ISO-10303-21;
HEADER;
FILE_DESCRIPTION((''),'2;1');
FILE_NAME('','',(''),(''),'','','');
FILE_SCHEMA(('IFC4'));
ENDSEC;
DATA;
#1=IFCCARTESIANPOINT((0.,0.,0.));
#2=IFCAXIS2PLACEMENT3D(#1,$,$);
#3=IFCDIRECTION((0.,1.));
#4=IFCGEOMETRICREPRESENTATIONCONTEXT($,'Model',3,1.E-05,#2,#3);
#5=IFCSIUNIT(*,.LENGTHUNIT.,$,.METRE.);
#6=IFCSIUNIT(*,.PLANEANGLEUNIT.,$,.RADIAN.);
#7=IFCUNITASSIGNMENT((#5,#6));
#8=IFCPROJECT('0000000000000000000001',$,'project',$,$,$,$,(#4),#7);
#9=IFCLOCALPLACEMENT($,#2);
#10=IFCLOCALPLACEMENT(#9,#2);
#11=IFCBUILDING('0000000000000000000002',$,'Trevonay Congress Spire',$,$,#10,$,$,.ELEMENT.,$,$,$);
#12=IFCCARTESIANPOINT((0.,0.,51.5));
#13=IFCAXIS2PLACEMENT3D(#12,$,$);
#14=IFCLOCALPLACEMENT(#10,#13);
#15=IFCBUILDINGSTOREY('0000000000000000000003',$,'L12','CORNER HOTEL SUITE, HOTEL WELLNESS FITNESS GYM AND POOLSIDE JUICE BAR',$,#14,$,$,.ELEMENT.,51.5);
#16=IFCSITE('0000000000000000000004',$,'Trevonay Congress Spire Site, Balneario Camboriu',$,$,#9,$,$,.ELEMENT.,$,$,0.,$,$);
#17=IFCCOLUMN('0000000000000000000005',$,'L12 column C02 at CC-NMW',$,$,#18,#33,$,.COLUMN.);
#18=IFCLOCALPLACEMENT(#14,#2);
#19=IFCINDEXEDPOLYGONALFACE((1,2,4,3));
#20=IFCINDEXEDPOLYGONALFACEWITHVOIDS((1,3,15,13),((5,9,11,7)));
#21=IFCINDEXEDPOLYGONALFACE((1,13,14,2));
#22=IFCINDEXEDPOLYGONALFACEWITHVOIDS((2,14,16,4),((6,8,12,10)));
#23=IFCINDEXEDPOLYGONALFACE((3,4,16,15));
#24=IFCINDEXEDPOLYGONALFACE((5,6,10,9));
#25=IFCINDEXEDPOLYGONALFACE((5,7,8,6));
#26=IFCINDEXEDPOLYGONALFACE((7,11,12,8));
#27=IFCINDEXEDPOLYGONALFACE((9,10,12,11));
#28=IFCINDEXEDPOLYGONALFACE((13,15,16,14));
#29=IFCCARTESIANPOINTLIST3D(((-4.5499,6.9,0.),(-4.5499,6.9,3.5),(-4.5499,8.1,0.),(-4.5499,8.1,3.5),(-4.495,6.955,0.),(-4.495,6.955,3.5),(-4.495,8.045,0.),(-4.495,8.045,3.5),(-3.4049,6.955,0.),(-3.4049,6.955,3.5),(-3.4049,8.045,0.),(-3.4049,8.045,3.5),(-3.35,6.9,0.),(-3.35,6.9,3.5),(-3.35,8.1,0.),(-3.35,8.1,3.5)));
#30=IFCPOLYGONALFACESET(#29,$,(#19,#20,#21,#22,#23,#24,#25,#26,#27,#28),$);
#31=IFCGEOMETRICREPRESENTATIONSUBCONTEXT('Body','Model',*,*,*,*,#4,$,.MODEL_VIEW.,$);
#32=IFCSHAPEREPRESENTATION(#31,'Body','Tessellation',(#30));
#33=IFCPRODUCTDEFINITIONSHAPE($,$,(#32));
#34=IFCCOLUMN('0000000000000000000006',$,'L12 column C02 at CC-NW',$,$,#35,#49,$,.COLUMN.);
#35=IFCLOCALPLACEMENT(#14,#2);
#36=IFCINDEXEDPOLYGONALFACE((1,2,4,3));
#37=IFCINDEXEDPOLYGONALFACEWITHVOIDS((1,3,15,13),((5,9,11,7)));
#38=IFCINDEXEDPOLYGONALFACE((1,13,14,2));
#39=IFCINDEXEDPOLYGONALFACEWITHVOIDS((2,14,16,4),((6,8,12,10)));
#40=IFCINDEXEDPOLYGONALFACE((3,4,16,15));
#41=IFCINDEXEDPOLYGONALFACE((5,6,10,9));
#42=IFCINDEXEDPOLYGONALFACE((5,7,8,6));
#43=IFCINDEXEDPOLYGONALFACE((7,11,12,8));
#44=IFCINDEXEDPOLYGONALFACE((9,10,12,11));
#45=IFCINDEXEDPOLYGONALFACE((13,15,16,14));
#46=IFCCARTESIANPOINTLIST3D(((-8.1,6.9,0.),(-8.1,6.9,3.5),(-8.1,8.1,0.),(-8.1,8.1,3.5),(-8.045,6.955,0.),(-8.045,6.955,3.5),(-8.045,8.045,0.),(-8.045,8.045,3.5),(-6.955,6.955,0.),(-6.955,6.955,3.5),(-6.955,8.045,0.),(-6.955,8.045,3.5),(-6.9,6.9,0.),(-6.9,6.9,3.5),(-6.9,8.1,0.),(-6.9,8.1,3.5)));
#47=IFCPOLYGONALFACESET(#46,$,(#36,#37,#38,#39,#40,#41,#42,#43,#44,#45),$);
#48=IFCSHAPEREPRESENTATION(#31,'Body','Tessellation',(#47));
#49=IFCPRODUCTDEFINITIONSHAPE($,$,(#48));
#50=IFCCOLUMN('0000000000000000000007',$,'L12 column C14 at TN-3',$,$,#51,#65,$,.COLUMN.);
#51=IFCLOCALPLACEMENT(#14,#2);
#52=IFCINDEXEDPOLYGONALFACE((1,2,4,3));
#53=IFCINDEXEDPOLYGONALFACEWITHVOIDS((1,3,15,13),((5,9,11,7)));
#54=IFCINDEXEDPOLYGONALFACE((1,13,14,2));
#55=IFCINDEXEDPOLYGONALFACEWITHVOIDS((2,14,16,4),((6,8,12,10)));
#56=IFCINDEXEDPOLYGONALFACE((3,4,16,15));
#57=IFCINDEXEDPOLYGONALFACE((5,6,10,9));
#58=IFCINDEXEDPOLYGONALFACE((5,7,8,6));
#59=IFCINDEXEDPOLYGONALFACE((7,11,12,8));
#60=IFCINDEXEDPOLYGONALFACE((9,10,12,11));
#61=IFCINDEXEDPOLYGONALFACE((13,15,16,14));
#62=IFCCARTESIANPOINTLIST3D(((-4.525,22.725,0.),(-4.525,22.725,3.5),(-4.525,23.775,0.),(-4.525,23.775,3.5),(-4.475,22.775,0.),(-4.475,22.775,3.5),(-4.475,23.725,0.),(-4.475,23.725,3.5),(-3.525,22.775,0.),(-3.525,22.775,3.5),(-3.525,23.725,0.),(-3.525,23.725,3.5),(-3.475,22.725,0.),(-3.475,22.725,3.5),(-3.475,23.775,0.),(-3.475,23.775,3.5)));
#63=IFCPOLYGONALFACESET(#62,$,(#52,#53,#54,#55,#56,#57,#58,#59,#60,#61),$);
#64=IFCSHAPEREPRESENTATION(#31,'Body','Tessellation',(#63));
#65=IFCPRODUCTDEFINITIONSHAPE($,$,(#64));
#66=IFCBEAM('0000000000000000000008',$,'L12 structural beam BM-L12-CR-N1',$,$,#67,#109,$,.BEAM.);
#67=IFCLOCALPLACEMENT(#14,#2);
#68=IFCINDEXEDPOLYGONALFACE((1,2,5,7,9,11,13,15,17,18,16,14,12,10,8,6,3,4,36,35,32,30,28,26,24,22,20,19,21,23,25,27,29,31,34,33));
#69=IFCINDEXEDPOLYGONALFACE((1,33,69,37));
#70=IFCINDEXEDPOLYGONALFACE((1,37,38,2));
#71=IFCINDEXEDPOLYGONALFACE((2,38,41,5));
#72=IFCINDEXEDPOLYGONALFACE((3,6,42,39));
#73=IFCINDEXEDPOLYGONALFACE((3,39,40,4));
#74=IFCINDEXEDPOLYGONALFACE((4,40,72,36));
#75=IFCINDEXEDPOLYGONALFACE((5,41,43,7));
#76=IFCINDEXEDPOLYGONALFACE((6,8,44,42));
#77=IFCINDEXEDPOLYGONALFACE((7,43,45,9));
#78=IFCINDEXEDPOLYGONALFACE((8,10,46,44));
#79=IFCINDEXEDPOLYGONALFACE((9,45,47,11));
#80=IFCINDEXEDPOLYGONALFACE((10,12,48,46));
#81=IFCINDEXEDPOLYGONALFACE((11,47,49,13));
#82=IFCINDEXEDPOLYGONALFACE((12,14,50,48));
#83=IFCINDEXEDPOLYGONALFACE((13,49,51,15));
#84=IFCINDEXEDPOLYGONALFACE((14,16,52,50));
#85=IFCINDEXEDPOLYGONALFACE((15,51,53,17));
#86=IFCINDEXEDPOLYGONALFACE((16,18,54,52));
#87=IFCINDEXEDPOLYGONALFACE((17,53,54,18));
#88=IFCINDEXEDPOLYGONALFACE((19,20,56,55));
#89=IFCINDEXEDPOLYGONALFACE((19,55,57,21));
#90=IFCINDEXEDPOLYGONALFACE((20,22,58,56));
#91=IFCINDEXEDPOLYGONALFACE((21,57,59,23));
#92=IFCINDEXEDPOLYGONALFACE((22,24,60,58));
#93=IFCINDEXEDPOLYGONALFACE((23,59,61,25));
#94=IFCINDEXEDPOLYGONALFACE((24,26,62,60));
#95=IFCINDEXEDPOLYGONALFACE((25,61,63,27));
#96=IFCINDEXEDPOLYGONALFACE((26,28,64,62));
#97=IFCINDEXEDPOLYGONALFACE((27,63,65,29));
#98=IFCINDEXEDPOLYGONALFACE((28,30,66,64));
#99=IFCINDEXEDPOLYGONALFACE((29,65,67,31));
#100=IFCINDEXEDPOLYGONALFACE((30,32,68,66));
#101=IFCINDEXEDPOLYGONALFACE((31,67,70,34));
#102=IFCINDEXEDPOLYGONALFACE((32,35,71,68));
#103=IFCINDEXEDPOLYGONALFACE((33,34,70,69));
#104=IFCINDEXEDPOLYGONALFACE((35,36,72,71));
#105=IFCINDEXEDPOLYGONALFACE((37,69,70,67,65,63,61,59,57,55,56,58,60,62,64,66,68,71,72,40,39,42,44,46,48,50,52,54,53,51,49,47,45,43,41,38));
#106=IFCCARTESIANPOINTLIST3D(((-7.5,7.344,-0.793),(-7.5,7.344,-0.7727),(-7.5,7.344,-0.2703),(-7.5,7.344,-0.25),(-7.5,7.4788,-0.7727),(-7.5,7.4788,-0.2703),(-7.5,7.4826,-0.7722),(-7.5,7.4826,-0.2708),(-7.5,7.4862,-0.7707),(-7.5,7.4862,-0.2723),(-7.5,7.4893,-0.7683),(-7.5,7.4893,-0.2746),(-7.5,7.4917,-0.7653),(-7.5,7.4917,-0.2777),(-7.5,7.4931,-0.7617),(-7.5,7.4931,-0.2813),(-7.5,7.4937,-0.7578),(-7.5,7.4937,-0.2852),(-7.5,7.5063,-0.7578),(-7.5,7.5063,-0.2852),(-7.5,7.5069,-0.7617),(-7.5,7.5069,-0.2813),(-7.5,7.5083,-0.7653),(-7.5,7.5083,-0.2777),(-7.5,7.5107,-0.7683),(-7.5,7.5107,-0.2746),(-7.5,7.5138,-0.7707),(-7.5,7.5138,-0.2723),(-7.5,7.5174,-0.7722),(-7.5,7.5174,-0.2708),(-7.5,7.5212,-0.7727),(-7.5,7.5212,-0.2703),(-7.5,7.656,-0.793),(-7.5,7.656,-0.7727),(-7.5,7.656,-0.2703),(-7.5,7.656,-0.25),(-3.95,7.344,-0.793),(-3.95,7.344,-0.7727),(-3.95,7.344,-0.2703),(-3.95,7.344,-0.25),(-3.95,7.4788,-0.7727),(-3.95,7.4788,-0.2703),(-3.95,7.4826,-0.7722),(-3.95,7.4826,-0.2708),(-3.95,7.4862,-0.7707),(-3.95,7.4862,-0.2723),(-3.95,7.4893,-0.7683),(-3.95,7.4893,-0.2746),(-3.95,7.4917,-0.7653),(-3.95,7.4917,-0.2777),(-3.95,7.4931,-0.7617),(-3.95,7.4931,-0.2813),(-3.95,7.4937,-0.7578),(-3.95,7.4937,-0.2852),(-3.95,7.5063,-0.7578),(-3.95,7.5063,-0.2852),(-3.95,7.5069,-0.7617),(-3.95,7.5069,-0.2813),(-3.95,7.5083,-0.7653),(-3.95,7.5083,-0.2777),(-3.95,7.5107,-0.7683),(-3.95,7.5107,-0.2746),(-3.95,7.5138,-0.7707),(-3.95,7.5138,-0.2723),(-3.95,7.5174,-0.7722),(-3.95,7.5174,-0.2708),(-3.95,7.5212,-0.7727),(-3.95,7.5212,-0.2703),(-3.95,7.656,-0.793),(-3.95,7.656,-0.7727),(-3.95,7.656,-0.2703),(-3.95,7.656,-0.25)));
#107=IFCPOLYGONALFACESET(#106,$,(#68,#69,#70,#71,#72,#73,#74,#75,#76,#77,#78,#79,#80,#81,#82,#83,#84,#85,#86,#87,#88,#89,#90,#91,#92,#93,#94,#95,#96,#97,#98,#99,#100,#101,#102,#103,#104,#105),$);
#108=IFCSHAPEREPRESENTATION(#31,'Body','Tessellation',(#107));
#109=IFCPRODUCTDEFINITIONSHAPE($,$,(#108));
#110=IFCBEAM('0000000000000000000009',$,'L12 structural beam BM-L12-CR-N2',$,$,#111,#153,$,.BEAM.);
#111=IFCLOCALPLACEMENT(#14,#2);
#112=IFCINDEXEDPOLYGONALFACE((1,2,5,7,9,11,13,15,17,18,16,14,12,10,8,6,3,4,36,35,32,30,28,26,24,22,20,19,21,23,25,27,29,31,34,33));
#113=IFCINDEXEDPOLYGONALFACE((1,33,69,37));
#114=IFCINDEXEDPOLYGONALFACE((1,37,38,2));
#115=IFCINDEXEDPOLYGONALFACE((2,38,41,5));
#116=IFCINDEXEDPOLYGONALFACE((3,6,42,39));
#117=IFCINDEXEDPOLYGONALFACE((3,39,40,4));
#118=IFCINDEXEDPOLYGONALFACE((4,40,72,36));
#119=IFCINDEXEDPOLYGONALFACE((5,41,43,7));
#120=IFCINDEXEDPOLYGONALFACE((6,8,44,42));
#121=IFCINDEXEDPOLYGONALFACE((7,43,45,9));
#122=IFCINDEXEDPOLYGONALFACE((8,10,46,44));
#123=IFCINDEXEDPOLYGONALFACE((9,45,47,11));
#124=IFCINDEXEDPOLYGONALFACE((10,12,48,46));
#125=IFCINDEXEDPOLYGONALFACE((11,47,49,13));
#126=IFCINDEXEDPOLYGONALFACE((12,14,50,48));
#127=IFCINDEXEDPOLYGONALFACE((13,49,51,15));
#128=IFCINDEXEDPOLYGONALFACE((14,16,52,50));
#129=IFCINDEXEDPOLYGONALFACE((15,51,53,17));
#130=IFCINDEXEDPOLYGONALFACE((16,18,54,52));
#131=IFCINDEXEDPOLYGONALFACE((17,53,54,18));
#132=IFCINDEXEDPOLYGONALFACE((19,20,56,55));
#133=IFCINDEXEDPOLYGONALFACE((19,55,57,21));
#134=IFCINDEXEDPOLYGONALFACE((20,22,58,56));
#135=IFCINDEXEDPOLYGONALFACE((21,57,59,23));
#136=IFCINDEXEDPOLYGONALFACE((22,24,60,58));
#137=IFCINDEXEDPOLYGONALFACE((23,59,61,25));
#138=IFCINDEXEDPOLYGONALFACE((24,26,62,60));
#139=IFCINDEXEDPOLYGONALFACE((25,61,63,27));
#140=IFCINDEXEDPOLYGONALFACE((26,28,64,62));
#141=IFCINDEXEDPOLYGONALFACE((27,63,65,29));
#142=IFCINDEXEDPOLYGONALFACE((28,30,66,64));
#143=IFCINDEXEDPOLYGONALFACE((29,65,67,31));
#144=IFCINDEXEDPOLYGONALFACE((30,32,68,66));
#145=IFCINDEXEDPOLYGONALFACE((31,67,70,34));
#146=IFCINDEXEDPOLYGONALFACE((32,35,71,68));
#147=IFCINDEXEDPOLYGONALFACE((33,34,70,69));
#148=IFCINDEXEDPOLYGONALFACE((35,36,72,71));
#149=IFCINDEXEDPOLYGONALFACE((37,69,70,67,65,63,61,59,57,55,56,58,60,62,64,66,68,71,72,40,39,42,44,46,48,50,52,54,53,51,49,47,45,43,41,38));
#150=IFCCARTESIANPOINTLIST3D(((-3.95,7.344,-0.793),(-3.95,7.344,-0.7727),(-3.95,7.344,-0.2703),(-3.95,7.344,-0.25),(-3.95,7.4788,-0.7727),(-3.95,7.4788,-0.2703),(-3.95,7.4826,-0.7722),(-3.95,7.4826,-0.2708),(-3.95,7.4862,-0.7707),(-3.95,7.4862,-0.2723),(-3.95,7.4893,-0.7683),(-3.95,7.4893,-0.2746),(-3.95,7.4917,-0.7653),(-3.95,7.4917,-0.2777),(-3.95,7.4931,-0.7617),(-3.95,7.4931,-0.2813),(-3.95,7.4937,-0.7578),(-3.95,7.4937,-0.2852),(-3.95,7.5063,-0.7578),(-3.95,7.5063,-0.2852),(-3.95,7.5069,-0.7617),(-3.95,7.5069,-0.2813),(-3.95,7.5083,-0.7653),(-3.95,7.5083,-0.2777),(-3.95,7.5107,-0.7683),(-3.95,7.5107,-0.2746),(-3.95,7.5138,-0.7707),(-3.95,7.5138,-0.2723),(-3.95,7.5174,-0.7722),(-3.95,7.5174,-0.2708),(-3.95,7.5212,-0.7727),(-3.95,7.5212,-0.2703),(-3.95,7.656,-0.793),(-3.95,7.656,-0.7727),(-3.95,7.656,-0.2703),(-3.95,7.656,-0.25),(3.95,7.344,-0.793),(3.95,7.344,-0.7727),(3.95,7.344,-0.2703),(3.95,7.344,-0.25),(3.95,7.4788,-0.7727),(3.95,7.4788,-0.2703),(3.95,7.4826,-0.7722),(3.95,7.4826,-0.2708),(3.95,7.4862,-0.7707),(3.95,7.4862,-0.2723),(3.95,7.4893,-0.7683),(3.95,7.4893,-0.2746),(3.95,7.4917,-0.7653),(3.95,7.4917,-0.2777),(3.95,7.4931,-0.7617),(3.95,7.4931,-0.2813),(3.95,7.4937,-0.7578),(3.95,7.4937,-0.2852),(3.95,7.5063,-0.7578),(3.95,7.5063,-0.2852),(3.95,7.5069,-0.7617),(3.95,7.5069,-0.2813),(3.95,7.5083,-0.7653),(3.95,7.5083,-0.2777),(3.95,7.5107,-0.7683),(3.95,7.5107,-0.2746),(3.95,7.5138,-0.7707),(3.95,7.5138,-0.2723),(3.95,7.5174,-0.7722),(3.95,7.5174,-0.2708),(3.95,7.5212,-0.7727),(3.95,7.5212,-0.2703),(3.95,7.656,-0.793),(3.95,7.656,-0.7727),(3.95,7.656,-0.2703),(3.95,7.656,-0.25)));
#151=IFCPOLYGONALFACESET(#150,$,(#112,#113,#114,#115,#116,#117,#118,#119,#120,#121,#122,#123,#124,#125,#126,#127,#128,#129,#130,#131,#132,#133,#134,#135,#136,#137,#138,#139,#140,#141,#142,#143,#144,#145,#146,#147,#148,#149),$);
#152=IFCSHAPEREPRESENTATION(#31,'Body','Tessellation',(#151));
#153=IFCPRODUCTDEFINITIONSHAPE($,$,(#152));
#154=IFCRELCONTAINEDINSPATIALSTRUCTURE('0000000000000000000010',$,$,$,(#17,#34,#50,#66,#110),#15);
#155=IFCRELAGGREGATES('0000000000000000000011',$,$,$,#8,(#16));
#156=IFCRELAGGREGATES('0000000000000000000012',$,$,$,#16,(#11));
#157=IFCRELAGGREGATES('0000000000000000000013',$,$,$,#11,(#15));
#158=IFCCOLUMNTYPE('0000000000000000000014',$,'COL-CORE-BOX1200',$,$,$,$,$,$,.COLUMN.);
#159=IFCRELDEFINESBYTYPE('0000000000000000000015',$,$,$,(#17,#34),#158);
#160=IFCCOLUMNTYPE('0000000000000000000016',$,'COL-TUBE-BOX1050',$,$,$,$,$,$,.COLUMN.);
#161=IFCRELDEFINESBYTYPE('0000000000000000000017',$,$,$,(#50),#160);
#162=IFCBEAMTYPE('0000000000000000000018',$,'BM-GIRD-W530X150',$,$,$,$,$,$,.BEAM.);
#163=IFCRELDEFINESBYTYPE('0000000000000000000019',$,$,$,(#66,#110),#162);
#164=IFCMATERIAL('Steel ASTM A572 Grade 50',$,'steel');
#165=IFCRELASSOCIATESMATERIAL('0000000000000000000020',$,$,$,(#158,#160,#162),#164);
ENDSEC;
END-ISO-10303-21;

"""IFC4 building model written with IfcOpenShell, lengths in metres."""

from ifc_helpers import new_model, si_unit, direction, frame, origin, origin_2d, place, context, subcontext, project, spatial, hollow_rectangle, i_section, extrude, material, material_profile, profile_set, type_object, element, save


model = new_model("IFC4")

# Units and contexts
model_context = context("Model", 3, precision=1e-05, world=origin(), true_north=direction((0.0, 1.0)))
body_context = subcontext(model_context, "Body", "Model", "MODEL_VIEW")
ifc_project = project(units=[si_unit("LENGTHUNIT", "METRE"), si_unit("PLANEANGLEUNIT", "RADIAN")], contexts=[model_context])

# Site, building, storey
site_placement = place(None, origin())
site = spatial("IfcSite", under=ifc_project, at=site_placement, Name="Trevonay Congress Spire Site, Balneario Camboriu", CompositionType="ELEMENT", RefElevation=0.0)
building_placement = place(site_placement, origin())
building = spatial("IfcBuilding", under=site, at=building_placement, Name="Trevonay Congress Spire", CompositionType="ELEMENT")
storey_placement = place(building_placement, frame((0.0, 0.0, 51.5)))
storey = spatial("IfcBuildingStorey", under=building, at=storey_placement, Name="L12", Description="CORNER HOTEL SUITE, HOTEL WELLNESS FITNESS GYM AND POOLSIDE JUICE BAR", CompositionType="ELEMENT", Elevation=51.5)

# Columns
ifc_material_1 = material(Name="Steel ASTM A572 Grade 50", Category="steel")
ifc_material_profile_1 = material_profile(ifc_material_1, hollow_rectangle(XDim=1.2, YDim=1.2, WallThickness=0.0549, at=origin_2d()), Name="BOX 1200x1200x55")
ifc_profile_set_1 = profile_set([ifc_material_profile_1], Name="Steel ASTM A572 Grade 50")
column_type_1 = type_object("IfcColumnType", Name="COL-CORE-BOX1200", PredefinedType="COLUMN", material=ifc_profile_set_1)
for number, where, z_axis, x_axis, name in (
    (1, (-3.95, 7.5, 0.0), (0.0, 0.0, 1.0), (1.0, 0.0, 0.0), "L12 column C02 at CC-NMW"),
    (2, (-7.5, 7.5, 0.0), (0.0, 0.0, 1.0), (1.0, 0.0, 0.0), "L12 column C02 at CC-NW"),
):
    element("IfcColumn", number, at=place(storey_placement, frame(where, z_axis=z_axis, x_axis=x_axis)), inside=storey, type_object=column_type_1, Name=name, PredefinedType="COLUMN", context=body_context, shape_type="SweptSolid", body=[
        extrude(hollow_rectangle(XDim=1.2, YDim=1.2, WallThickness=0.0549, at=origin_2d()), origin(), (0.0, 0.0, 1.0), 3.5),
    ])
ifc_material_profile_2 = material_profile(ifc_material_1, hollow_rectangle(XDim=1.05, YDim=1.05, WallThickness=0.05, at=origin_2d()), Name="BOX 1050x1050x50")
ifc_profile_set_2 = profile_set([ifc_material_profile_2], Name="Steel ASTM A572 Grade 50")
column_type_2 = type_object("IfcColumnType", Name="COL-TUBE-BOX1050", PredefinedType="COLUMN", material=ifc_profile_set_2)
column_placement = place(storey_placement, frame((-4.0, 23.25, 0.0), z_axis=(0.0, 0.0, 1.0), x_axis=(1.0, 0.0, 0.0)))
element("IfcColumn", 3, at=column_placement, inside=storey, type_object=column_type_2, Name="L12 column C14 at TN-3", PredefinedType="COLUMN", context=body_context, shape_type="SweptSolid", body=[
    extrude(hollow_rectangle(XDim=1.05, YDim=1.05, WallThickness=0.05, at=origin_2d()), origin(), (0.0, 0.0, 1.0), 3.5),
])

# Beams
ifc_material_profile_3 = material_profile(ifc_material_1, i_section(OverallWidth=0.312, OverallDepth=0.543, WebThickness=0.0127, FlangeThickness=0.0203, FilletRadius=0.0149, at=origin_2d()), Name="W530x150")
ifc_profile_set_3 = profile_set([ifc_material_profile_3], Name="Steel ASTM A572 Grade 50")
beam_type_1 = type_object("IfcBeamType", Name="BM-GIRD-W530X150", PredefinedType="BEAM", material=ifc_profile_set_3)
beam_1_placement = place(storey_placement, frame((-7.5, 7.5, -0.5215), z_axis=(1.0, 0.0, 0.0), x_axis=(0.0, 1.0, 0.0)))
element("IfcBeam", 4, at=beam_1_placement, inside=storey, type_object=beam_type_1, Name="L12 structural beam BM-L12-CR-N1", PredefinedType="BEAM", context=body_context, shape_type="SweptSolid", body=[
    extrude(i_section(OverallWidth=0.312, OverallDepth=0.543, WebThickness=0.0127, FlangeThickness=0.0203, FilletRadius=0.0149, at=origin_2d()), origin(), (0.0, 0.0, 1.0), 3.55),
])
beam_2_placement = place(storey_placement, frame((-3.95, 7.5, -0.5215), z_axis=(1.0, 0.0, 0.0), x_axis=(0.0, 1.0, 0.0)))
element("IfcBeam", 5, at=beam_2_placement, inside=storey, type_object=beam_type_1, Name="L12 structural beam BM-L12-CR-N2", PredefinedType="BEAM", context=body_context, shape_type="SweptSolid", body=[
    extrude(i_section(OverallWidth=0.312, OverallDepth=0.543, WebThickness=0.0127, FlangeThickness=0.0203, FilletRadius=0.0149, at=origin_2d()), origin(), (0.0, 0.0, 1.0), 7.8999),
])

save(model, "model.ifc")
